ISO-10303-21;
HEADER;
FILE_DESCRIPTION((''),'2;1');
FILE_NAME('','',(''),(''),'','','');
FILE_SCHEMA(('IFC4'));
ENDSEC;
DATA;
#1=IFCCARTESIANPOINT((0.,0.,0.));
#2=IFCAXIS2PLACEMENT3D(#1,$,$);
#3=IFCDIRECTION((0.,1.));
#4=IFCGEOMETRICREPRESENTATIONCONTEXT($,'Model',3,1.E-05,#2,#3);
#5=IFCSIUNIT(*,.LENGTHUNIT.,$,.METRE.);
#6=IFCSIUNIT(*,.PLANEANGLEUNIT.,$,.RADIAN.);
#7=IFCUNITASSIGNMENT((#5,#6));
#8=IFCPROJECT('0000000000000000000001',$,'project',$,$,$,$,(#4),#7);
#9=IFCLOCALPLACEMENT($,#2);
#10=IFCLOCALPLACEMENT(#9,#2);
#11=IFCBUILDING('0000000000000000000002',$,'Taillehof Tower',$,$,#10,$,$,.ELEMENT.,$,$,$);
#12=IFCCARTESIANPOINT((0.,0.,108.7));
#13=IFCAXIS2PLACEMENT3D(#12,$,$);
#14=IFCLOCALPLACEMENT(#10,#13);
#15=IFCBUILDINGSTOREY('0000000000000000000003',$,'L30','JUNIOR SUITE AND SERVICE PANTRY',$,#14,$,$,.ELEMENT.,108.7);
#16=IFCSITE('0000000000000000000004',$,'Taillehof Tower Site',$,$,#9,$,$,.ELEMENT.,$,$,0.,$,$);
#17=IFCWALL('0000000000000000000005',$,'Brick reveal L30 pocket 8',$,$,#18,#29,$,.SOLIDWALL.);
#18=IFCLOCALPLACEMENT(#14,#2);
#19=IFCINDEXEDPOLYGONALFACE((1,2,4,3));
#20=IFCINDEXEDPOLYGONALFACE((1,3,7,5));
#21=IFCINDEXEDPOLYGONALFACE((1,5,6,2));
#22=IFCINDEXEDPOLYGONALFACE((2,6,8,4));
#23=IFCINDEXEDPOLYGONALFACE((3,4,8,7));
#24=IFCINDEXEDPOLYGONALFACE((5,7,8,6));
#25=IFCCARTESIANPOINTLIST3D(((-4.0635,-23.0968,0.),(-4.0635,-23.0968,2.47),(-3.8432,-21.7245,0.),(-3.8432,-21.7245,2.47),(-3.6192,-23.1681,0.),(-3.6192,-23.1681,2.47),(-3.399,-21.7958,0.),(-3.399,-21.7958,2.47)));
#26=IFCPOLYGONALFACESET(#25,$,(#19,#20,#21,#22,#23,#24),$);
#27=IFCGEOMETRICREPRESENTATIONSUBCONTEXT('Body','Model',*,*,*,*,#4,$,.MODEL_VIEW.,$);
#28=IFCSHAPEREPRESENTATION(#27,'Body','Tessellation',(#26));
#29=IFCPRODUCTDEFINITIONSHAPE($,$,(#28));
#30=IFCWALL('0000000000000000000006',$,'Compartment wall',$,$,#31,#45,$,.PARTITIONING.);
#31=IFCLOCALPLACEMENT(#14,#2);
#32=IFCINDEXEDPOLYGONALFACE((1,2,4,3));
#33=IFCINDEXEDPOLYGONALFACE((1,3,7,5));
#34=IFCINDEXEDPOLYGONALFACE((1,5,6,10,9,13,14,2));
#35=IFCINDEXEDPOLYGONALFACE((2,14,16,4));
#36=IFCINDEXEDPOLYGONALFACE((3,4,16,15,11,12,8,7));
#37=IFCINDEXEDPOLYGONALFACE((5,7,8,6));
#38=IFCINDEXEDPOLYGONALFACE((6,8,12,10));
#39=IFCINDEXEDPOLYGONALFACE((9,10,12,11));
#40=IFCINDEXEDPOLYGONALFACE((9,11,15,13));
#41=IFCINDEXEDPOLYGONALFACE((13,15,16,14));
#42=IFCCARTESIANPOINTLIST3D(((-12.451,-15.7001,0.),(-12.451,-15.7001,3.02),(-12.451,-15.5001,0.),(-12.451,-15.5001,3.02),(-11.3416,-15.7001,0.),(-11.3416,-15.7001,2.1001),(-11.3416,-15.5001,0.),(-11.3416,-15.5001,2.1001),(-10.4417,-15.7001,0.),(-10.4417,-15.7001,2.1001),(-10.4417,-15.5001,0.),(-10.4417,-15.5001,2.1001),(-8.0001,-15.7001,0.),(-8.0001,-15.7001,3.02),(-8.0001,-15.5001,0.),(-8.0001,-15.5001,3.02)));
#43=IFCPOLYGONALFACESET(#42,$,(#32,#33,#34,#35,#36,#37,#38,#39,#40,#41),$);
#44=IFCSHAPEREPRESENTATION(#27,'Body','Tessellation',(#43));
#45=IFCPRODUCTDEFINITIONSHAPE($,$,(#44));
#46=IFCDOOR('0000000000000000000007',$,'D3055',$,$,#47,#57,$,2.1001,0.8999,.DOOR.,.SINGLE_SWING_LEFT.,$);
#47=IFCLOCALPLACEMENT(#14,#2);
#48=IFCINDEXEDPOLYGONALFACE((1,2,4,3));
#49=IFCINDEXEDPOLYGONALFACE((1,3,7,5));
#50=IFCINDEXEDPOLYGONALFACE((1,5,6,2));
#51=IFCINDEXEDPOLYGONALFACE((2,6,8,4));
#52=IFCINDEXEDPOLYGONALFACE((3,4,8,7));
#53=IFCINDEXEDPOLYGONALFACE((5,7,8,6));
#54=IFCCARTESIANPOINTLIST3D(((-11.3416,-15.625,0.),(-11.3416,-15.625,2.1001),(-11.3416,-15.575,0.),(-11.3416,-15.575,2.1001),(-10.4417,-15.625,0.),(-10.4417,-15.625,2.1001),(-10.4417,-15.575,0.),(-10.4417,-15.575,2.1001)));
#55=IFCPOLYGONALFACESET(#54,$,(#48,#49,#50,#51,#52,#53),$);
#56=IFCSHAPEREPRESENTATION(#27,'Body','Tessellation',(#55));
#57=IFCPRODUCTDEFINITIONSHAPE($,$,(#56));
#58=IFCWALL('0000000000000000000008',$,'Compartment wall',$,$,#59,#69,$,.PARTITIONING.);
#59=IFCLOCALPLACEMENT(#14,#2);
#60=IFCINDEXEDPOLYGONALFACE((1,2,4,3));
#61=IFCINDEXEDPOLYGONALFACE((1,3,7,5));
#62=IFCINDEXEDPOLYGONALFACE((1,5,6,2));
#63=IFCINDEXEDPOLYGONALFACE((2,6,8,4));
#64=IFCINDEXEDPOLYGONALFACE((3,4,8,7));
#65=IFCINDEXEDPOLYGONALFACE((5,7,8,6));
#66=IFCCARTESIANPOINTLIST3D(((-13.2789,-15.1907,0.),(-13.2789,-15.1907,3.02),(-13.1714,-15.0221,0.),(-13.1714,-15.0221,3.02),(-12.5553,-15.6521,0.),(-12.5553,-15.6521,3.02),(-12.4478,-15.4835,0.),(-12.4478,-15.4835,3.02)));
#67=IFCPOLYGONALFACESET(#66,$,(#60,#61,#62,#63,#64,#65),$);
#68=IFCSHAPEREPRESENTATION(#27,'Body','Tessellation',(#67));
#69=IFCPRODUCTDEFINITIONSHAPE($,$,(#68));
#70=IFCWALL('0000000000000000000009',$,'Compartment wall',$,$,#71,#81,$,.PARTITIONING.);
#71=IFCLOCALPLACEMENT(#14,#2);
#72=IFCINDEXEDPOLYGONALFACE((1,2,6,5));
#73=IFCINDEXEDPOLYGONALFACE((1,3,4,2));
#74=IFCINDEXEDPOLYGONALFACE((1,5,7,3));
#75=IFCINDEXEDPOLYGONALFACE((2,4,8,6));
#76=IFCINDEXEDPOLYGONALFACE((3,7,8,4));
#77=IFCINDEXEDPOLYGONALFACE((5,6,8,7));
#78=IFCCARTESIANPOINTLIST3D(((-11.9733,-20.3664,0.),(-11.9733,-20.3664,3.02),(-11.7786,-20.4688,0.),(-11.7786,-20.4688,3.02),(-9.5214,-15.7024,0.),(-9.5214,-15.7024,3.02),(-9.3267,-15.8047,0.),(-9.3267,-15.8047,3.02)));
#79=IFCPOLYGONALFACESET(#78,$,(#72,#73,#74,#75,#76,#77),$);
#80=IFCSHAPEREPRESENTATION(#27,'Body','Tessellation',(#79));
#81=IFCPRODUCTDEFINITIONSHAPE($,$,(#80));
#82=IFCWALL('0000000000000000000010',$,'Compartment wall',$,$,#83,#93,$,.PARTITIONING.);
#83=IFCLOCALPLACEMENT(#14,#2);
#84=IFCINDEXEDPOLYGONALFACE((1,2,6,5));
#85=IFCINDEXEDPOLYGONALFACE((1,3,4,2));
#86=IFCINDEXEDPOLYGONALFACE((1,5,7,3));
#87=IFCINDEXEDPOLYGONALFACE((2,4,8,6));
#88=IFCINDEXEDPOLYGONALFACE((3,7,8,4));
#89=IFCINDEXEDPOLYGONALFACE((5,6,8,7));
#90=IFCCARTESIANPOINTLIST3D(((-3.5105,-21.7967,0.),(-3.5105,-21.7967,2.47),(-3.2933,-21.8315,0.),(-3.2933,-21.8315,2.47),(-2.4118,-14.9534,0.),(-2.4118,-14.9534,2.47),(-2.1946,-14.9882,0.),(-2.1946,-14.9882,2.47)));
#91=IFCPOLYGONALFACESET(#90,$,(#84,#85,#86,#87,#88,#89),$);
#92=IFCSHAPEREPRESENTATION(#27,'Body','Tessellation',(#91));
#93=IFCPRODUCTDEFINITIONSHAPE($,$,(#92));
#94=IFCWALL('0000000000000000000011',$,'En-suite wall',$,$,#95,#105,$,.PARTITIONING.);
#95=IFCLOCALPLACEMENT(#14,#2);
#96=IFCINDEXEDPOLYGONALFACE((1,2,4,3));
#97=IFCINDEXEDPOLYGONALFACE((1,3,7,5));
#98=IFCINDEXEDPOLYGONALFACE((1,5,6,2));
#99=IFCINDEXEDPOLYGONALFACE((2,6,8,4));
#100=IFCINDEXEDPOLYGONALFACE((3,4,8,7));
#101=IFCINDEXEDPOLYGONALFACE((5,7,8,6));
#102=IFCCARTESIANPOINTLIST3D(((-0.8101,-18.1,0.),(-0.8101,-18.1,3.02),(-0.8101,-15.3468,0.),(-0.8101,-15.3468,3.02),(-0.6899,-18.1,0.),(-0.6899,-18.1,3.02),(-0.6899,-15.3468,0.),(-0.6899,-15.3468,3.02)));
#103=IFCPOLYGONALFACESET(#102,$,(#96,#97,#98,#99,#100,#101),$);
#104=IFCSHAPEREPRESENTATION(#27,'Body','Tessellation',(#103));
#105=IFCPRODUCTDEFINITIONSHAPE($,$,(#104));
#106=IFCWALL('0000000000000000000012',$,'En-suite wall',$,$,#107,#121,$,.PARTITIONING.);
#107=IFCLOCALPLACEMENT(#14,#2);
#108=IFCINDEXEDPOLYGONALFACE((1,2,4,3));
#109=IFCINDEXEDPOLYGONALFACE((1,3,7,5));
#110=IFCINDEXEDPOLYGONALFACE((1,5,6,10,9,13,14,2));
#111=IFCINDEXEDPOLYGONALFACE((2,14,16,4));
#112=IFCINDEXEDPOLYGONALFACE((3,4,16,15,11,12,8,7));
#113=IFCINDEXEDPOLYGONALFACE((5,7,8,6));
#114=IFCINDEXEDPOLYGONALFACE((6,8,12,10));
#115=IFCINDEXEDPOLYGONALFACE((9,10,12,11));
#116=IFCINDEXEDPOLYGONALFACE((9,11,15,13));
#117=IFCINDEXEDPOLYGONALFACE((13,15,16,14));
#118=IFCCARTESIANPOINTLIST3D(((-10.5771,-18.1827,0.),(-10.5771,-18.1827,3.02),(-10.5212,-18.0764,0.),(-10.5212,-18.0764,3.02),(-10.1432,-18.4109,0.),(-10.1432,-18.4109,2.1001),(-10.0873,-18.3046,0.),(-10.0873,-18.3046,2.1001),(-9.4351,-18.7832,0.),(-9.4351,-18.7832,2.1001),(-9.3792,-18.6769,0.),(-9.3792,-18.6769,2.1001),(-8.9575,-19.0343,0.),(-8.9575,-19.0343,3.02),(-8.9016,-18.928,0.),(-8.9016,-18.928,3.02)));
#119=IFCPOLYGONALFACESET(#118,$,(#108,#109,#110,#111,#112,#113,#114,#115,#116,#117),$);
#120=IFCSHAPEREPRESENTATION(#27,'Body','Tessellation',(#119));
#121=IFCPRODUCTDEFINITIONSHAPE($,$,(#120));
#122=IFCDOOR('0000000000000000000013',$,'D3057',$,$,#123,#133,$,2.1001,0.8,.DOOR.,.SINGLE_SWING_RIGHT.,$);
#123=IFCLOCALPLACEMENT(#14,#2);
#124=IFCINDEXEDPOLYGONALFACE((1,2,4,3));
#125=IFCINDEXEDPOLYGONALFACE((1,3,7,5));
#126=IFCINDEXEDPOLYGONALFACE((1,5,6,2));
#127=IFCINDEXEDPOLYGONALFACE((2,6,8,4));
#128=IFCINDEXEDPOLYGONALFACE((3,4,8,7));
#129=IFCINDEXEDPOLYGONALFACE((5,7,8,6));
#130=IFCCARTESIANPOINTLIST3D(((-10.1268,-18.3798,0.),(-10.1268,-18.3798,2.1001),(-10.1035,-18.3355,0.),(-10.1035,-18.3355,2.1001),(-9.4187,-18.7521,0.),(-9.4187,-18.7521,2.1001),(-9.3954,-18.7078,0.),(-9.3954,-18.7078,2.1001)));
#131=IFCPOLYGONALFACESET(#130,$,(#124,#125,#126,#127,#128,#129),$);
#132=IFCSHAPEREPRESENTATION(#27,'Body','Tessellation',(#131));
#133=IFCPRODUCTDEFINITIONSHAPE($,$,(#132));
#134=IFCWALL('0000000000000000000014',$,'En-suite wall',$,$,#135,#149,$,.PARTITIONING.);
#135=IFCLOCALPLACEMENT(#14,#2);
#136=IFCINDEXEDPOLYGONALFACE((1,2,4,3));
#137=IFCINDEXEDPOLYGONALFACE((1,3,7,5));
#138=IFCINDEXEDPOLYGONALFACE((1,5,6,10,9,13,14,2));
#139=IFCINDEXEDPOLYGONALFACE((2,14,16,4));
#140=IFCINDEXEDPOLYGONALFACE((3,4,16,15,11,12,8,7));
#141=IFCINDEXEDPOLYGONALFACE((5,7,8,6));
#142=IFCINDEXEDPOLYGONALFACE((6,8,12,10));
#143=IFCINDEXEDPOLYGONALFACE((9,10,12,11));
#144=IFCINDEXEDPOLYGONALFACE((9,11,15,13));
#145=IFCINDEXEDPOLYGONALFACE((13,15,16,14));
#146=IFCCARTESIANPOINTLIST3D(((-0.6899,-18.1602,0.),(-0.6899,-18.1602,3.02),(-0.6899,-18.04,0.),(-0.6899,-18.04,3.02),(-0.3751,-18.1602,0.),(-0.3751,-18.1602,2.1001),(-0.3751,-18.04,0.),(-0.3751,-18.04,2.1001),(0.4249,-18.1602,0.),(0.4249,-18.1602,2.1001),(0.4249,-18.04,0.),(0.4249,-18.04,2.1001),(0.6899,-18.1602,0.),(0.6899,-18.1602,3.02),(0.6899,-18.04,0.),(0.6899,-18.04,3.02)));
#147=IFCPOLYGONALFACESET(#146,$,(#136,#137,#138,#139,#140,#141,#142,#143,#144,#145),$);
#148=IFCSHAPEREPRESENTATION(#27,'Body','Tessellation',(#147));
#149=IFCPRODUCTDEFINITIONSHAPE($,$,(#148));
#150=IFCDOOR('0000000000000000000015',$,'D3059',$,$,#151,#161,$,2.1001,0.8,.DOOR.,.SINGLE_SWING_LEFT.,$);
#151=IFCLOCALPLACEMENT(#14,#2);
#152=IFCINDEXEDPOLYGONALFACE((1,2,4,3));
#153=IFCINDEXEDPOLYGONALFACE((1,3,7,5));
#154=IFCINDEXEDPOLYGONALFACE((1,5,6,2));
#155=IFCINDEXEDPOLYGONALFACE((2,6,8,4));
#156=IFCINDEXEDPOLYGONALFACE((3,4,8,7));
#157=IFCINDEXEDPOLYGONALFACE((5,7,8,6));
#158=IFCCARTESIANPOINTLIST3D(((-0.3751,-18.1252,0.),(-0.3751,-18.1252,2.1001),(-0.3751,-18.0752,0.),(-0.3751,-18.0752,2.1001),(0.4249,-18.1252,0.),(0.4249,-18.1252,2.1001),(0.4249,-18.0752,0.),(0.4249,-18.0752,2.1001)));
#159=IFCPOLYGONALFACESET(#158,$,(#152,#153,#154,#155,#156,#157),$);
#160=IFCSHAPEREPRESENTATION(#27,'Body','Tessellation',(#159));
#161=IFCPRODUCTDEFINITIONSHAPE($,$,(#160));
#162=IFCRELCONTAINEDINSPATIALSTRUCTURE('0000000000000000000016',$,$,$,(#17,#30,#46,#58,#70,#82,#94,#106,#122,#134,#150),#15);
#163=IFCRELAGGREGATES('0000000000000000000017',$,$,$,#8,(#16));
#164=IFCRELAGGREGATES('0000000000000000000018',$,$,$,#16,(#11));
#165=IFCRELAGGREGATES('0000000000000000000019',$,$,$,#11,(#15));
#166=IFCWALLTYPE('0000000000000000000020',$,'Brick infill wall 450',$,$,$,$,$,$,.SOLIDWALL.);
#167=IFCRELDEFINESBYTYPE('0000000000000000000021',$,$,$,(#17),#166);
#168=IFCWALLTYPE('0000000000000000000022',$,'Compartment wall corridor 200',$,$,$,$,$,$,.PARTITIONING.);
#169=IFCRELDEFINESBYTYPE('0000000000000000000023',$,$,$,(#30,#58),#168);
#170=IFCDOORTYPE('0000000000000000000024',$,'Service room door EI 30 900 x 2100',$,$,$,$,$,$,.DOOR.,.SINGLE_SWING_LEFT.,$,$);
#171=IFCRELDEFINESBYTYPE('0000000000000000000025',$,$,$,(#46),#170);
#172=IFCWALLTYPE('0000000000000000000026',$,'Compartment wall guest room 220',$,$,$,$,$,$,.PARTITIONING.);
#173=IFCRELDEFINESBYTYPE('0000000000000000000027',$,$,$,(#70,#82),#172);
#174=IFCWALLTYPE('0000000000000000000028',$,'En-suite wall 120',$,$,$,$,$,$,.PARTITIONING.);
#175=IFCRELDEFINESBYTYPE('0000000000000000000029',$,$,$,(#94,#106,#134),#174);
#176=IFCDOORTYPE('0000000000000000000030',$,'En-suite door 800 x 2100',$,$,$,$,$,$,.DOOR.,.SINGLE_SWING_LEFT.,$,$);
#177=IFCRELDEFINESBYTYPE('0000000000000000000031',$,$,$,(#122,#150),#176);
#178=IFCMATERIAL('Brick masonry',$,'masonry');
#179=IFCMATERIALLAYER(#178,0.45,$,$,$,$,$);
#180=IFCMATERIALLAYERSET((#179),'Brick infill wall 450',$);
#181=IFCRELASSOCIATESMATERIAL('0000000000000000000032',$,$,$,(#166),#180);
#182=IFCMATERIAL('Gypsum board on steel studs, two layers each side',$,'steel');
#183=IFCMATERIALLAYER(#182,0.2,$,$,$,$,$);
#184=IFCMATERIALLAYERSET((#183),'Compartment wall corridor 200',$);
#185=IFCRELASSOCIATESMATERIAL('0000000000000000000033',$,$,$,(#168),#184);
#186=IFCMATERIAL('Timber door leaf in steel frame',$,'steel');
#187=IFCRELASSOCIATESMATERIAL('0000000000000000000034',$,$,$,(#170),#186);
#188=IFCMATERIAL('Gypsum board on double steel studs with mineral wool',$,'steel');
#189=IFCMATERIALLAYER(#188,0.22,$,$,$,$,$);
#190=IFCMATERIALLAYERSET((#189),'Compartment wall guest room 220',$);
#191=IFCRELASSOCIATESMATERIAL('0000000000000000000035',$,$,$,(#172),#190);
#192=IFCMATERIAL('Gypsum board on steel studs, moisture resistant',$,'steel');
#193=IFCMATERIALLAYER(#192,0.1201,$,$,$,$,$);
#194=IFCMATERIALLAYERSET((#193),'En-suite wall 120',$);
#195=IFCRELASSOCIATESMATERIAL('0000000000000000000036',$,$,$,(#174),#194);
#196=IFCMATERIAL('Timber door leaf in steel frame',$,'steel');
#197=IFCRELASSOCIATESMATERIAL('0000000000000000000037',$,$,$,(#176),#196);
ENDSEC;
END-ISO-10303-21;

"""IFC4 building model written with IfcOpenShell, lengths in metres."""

from ifc_helpers import new_model, si_unit, direction, frame, frame_2d, origin, place, context, subcontext, project, spatial, rectangle, extrude, material, layer, layer_set, type_object, element, fill, save


model = new_model("IFC4")

# Units and contexts
model_context = context("Model", 3, precision=1e-05, world=origin(), true_north=direction((0.0, 1.0)))
body_context = subcontext(model_context, "Body", "Model", "MODEL_VIEW")
ifc_project = project(units=[si_unit("LENGTHUNIT", "METRE"), si_unit("PLANEANGLEUNIT", "RADIAN")], contexts=[model_context])

# Site, building, storey
site_placement = place(None, origin())
site = spatial("IfcSite", under=ifc_project, at=site_placement, Name="Taillehof Tower Site", CompositionType="ELEMENT", RefElevation=0.0)
building_placement = place(site_placement, origin())
building = spatial("IfcBuilding", under=site, at=building_placement, Name="Taillehof Tower", CompositionType="ELEMENT")
storey_placement = place(building_placement, frame((0.0, 0.0, 108.7)))
storey = spatial("IfcBuildingStorey", under=building, at=storey_placement, Name="L30", Description="JUNIOR SUITE AND SERVICE PANTRY", CompositionType="ELEMENT", Elevation=108.7)

# Shared definitions
ifc_material_1 = material(Name="Brick masonry", Category="masonry")
ifc_layer_1 = layer(ifc_material_1, 0.45)
ifc_layer_set_1 = layer_set([ifc_layer_1], Name="Brick infill wall 450")
wall_type_1 = type_object("IfcWallType", Name="Brick infill wall 450", PredefinedType="SOLIDWALL", material=ifc_layer_set_1)

# Wall
wall_1_placement = place(storey_placement, frame((-3.8413, -23.1323, 0.0), z_axis=(0.0, 0.0, 1.0), x_axis=(0.158443, 0.987368, 0.0)))
element("IfcWall", 1, at=wall_1_placement, inside=storey, type_object=wall_type_1, Name="Brick reveal L30 pocket 8", PredefinedType="SOLIDWALL", context=body_context, shape_type="SweptSolid", body=[
    extrude(rectangle(XDim=1.3899, YDim=0.45, at=frame_2d((0.6948, 0.0))), origin(), (0.0, 0.0, 1.0), 2.47),
])

# Wall, opening, door
ifc_material_2 = material(Name="Gypsum board on steel studs, two layers each side", Category="steel")
ifc_layer_2 = layer(ifc_material_2, 0.2)
ifc_layer_set_2 = layer_set([ifc_layer_2], Name="Compartment wall corridor 200")
wall_type_2 = type_object("IfcWallType", Name="Compartment wall corridor 200", PredefinedType="PARTITIONING", material=ifc_layer_set_2)
wall_2_placement = place(storey_placement, frame((-8.0, -15.6001, 0.0), z_axis=(0.0, 0.0, 1.0), x_axis=(-1.0, 0.0, 0.0)))
wall_2 = element("IfcWall", 2, at=wall_2_placement, inside=storey, type_object=wall_type_2, Name="Compartment wall", PredefinedType="PARTITIONING", context=body_context, shape_type="SweptSolid", body=[
    extrude(rectangle(XDim=4.4509, YDim=0.2, at=frame_2d((2.2256, 0.0))), origin(), (0.0, 0.0, 1.0), 3.02),
])
opening_1_placement = place(wall_2_placement, frame((2.4417, 0.0, 0.0)))
opening_1 = element("IfcOpeningElement", 3, at=opening_1_placement, cuts=wall_2, PredefinedType="OPENING", context=body_context, shape_type="SweptSolid", body=[
    extrude(rectangle(XDim=0.8999, YDim=2.1001, at=frame_2d((0.45, 1.05))), frame((0.0, 0.1099, 0.0), z_axis=(0.0, -1.0, 0.0), x_axis=(1.0, 0.0, 0.0)), (0.0, 0.0, 1.0), 0.22),
])
ifc_material_3 = material(Name="Timber door leaf in steel frame", Category="steel")
door_type_1 = type_object("IfcDoorType", Name="Service room door EI 30 900 x 2100", OperationType="SINGLE_SWING_LEFT", PredefinedType="DOOR", material=ifc_material_3)
door_1_placement = place(opening_1_placement, origin())
door_1 = element("IfcDoor", 4, at=door_1_placement, inside=storey, type_object=door_type_1, Name="D3055", OperationType="SINGLE_SWING_LEFT", OverallHeight=2.1001, OverallWidth=0.8999, PredefinedType="DOOR", context=body_context, shape_type="SweptSolid", body=[
    extrude(rectangle(XDim=0.8999, YDim=2.1001, at=frame_2d((0.45, 1.05))), frame((0.0, 0.0249, 0.0), z_axis=(0.0, -1.0, 0.0), x_axis=(1.0, 0.0, 0.0)), (0.0, 0.0, 1.0), 0.05),
])
fill(opening_1, door_1)

# Walls
wall_3_placement = place(storey_placement, frame((-12.5015, -15.5679, 0.0), z_axis=(0.0, 0.0, 1.0), x_axis=(-0.843169, 0.537648, 0.0)))
element("IfcWall", 5, at=wall_3_placement, inside=storey, type_object=wall_type_2, Name="Compartment wall", PredefinedType="PARTITIONING", context=body_context, shape_type="SweptSolid", body=[
    extrude(rectangle(XDim=0.8582, YDim=0.2, at=frame_2d((0.4292, 0.0))), origin(), (0.0, 0.0, 1.0), 3.02),
])
ifc_material_4 = material(Name="Gypsum board on double steel studs with mineral wool", Category="steel")
ifc_layer_3 = layer(ifc_material_4, 0.22)
ifc_layer_set_3 = layer_set([ifc_layer_3], Name="Compartment wall guest room 220")
wall_type_3 = type_object("IfcWallType", Name="Compartment wall guest room 220", PredefinedType="PARTITIONING", material=ifc_layer_set_3)
wall_4_placement = place(storey_placement, frame((-11.876, -20.4177, 0.0), z_axis=(0.0, 0.0, 1.0), x_axis=(0.465321, 0.885142, 0.0)))
element("IfcWall", 6, at=wall_4_placement, inside=storey, type_object=wall_type_3, Name="Compartment wall", PredefinedType="PARTITIONING", context=body_context, shape_type="SweptSolid", body=[
    extrude(rectangle(XDim=5.2693, YDim=0.22, at=frame_2d((2.6348, 0.0))), origin(), (0.0, 0.0, 1.0), 3.02),
])
wall_5_placement = place(storey_placement, frame((-3.4019, -21.814, 0.0), z_axis=(0.0, 0.0, 1.0), x_axis=(0.158513, 0.987357, 0.0)))
element("IfcWall", 7, at=wall_5_placement, inside=storey, type_object=wall_type_3, Name="Compartment wall", PredefinedType="PARTITIONING", context=body_context, shape_type="SweptSolid", body=[
    extrude(rectangle(XDim=6.9309, YDim=0.22, at=frame_2d((3.4653, 0.0))), origin(), (0.0, 0.0, 1.0), 2.47),
])
ifc_material_5 = material(Name="Gypsum board on steel studs, moisture resistant", Category="steel")
ifc_layer_4 = layer(ifc_material_5, 0.1201)
ifc_layer_set_4 = layer_set([ifc_layer_4], Name="En-suite wall 120")
wall_type_4 = type_object("IfcWallType", Name="En-suite wall 120", PredefinedType="PARTITIONING", material=ifc_layer_set_4)
wall_6_placement = place(storey_placement, frame((-0.75, -15.3469, 0.0), z_axis=(0.0, 0.0, 1.0), x_axis=(0.0, -1.0, 0.0)))
element("IfcWall", 8, at=wall_6_placement, inside=storey, type_object=wall_type_4, Name="En-suite wall", PredefinedType="PARTITIONING", context=body_context, shape_type="SweptSolid", body=[
    extrude(rectangle(XDim=2.7532, YDim=0.1201, at=frame_2d((1.3765, 0.0))), origin(), (0.0, 0.0, 1.0), 3.02),
])

# Walls, openings, doors
wall_7_placement = place(storey_placement, frame((-8.9294, -18.9812, 0.0), z_axis=(0.0, 0.0, 1.0), x_axis=(-0.885115, 0.465372, 0.0)))
wall_7 = element("IfcWall", 9, at=wall_7_placement, inside=storey, type_object=wall_type_4, Name="En-suite wall", PredefinedType="PARTITIONING", context=body_context, shape_type="SweptSolid", body=[
    extrude(rectangle(XDim=1.8298, YDim=0.1201, at=frame_2d((0.915, 0.0))), origin(), (0.0, 0.0, 1.0), 3.02),
])
opening_2_placement = place(wall_7_placement, frame((0.5398, 0.0, 0.0)))
opening_2 = element("IfcOpeningElement", 10, at=opening_2_placement, cuts=wall_7, PredefinedType="OPENING", context=body_context, shape_type="SweptSolid", body=[
    extrude(rectangle(XDim=0.8, YDim=2.1001, at=frame_2d((0.3999, 1.05))), frame((0.0, 0.0701, 0.0), z_axis=(0.0, -1.0, 0.0), x_axis=(1.0, 0.0, 0.0)), (0.0, 0.0, 1.0), 0.1401),
])
ifc_material_6 = material(Name="Timber door leaf in steel frame", Category="steel")
door_type_2 = type_object("IfcDoorType", Name="En-suite door 800 x 2100", OperationType="SINGLE_SWING_LEFT", PredefinedType="DOOR", material=ifc_material_6)
door_2_placement = place(opening_2_placement, origin())
door_2 = element("IfcDoor", 11, at=door_2_placement, inside=storey, type_object=door_type_2, Name="D3057", OperationType="SINGLE_SWING_RIGHT", OverallHeight=2.1001, OverallWidth=0.8, PredefinedType="DOOR", context=body_context, shape_type="SweptSolid", body=[
    extrude(rectangle(XDim=0.8, YDim=2.1001, at=frame_2d((0.3999, 1.05))), frame((0.0, 0.0249, 0.0), z_axis=(0.0, -1.0, 0.0), x_axis=(1.0, 0.0, 0.0)), (0.0, 0.0, 1.0), 0.05),
])
fill(opening_2, door_2)
wall_8_placement = place(storey_placement, frame((-0.6899, -18.1001, 0.0), z_axis=(0.0, 0.0, 1.0), x_axis=(1.0, 0.0, 0.0)))
wall_8 = element("IfcWall", 12, at=wall_8_placement, inside=storey, type_object=wall_type_4, Name="En-suite wall", PredefinedType="PARTITIONING", context=body_context, shape_type="SweptSolid", body=[
    extrude(rectangle(XDim=1.3799, YDim=0.1201, at=frame_2d((0.6899, 0.0))), origin(), (0.0, 0.0, 1.0), 3.02),
])
opening_3_placement = place(wall_8_placement, frame((0.3149, 0.0, 0.0)))
opening_3 = element("IfcOpeningElement", 13, at=opening_3_placement, cuts=wall_8, PredefinedType="OPENING", context=body_context, shape_type="SweptSolid", body=[
    extrude(rectangle(XDim=0.8, YDim=2.1001, at=frame_2d((0.3999, 1.05))), frame((0.0, 0.0701, 0.0), z_axis=(0.0, -1.0, 0.0), x_axis=(1.0, 0.0, 0.0)), (0.0, 0.0, 1.0), 0.1401),
])
door_3_placement = place(opening_3_placement, origin())
door_3 = element("IfcDoor", 14, at=door_3_placement, inside=storey, type_object=door_type_2, Name="D3059", OperationType="SINGLE_SWING_LEFT", OverallHeight=2.1001, OverallWidth=0.8, PredefinedType="DOOR", context=body_context, shape_type="SweptSolid", body=[
    extrude(rectangle(XDim=0.8, YDim=2.1001, at=frame_2d((0.3999, 1.05))), frame((0.0, 0.0249, 0.0), z_axis=(0.0, -1.0, 0.0), x_axis=(1.0, 0.0, 0.0)), (0.0, 0.0, 1.0), 0.05),
])
fill(opening_3, door_3)

save(model, "model.ifc")
